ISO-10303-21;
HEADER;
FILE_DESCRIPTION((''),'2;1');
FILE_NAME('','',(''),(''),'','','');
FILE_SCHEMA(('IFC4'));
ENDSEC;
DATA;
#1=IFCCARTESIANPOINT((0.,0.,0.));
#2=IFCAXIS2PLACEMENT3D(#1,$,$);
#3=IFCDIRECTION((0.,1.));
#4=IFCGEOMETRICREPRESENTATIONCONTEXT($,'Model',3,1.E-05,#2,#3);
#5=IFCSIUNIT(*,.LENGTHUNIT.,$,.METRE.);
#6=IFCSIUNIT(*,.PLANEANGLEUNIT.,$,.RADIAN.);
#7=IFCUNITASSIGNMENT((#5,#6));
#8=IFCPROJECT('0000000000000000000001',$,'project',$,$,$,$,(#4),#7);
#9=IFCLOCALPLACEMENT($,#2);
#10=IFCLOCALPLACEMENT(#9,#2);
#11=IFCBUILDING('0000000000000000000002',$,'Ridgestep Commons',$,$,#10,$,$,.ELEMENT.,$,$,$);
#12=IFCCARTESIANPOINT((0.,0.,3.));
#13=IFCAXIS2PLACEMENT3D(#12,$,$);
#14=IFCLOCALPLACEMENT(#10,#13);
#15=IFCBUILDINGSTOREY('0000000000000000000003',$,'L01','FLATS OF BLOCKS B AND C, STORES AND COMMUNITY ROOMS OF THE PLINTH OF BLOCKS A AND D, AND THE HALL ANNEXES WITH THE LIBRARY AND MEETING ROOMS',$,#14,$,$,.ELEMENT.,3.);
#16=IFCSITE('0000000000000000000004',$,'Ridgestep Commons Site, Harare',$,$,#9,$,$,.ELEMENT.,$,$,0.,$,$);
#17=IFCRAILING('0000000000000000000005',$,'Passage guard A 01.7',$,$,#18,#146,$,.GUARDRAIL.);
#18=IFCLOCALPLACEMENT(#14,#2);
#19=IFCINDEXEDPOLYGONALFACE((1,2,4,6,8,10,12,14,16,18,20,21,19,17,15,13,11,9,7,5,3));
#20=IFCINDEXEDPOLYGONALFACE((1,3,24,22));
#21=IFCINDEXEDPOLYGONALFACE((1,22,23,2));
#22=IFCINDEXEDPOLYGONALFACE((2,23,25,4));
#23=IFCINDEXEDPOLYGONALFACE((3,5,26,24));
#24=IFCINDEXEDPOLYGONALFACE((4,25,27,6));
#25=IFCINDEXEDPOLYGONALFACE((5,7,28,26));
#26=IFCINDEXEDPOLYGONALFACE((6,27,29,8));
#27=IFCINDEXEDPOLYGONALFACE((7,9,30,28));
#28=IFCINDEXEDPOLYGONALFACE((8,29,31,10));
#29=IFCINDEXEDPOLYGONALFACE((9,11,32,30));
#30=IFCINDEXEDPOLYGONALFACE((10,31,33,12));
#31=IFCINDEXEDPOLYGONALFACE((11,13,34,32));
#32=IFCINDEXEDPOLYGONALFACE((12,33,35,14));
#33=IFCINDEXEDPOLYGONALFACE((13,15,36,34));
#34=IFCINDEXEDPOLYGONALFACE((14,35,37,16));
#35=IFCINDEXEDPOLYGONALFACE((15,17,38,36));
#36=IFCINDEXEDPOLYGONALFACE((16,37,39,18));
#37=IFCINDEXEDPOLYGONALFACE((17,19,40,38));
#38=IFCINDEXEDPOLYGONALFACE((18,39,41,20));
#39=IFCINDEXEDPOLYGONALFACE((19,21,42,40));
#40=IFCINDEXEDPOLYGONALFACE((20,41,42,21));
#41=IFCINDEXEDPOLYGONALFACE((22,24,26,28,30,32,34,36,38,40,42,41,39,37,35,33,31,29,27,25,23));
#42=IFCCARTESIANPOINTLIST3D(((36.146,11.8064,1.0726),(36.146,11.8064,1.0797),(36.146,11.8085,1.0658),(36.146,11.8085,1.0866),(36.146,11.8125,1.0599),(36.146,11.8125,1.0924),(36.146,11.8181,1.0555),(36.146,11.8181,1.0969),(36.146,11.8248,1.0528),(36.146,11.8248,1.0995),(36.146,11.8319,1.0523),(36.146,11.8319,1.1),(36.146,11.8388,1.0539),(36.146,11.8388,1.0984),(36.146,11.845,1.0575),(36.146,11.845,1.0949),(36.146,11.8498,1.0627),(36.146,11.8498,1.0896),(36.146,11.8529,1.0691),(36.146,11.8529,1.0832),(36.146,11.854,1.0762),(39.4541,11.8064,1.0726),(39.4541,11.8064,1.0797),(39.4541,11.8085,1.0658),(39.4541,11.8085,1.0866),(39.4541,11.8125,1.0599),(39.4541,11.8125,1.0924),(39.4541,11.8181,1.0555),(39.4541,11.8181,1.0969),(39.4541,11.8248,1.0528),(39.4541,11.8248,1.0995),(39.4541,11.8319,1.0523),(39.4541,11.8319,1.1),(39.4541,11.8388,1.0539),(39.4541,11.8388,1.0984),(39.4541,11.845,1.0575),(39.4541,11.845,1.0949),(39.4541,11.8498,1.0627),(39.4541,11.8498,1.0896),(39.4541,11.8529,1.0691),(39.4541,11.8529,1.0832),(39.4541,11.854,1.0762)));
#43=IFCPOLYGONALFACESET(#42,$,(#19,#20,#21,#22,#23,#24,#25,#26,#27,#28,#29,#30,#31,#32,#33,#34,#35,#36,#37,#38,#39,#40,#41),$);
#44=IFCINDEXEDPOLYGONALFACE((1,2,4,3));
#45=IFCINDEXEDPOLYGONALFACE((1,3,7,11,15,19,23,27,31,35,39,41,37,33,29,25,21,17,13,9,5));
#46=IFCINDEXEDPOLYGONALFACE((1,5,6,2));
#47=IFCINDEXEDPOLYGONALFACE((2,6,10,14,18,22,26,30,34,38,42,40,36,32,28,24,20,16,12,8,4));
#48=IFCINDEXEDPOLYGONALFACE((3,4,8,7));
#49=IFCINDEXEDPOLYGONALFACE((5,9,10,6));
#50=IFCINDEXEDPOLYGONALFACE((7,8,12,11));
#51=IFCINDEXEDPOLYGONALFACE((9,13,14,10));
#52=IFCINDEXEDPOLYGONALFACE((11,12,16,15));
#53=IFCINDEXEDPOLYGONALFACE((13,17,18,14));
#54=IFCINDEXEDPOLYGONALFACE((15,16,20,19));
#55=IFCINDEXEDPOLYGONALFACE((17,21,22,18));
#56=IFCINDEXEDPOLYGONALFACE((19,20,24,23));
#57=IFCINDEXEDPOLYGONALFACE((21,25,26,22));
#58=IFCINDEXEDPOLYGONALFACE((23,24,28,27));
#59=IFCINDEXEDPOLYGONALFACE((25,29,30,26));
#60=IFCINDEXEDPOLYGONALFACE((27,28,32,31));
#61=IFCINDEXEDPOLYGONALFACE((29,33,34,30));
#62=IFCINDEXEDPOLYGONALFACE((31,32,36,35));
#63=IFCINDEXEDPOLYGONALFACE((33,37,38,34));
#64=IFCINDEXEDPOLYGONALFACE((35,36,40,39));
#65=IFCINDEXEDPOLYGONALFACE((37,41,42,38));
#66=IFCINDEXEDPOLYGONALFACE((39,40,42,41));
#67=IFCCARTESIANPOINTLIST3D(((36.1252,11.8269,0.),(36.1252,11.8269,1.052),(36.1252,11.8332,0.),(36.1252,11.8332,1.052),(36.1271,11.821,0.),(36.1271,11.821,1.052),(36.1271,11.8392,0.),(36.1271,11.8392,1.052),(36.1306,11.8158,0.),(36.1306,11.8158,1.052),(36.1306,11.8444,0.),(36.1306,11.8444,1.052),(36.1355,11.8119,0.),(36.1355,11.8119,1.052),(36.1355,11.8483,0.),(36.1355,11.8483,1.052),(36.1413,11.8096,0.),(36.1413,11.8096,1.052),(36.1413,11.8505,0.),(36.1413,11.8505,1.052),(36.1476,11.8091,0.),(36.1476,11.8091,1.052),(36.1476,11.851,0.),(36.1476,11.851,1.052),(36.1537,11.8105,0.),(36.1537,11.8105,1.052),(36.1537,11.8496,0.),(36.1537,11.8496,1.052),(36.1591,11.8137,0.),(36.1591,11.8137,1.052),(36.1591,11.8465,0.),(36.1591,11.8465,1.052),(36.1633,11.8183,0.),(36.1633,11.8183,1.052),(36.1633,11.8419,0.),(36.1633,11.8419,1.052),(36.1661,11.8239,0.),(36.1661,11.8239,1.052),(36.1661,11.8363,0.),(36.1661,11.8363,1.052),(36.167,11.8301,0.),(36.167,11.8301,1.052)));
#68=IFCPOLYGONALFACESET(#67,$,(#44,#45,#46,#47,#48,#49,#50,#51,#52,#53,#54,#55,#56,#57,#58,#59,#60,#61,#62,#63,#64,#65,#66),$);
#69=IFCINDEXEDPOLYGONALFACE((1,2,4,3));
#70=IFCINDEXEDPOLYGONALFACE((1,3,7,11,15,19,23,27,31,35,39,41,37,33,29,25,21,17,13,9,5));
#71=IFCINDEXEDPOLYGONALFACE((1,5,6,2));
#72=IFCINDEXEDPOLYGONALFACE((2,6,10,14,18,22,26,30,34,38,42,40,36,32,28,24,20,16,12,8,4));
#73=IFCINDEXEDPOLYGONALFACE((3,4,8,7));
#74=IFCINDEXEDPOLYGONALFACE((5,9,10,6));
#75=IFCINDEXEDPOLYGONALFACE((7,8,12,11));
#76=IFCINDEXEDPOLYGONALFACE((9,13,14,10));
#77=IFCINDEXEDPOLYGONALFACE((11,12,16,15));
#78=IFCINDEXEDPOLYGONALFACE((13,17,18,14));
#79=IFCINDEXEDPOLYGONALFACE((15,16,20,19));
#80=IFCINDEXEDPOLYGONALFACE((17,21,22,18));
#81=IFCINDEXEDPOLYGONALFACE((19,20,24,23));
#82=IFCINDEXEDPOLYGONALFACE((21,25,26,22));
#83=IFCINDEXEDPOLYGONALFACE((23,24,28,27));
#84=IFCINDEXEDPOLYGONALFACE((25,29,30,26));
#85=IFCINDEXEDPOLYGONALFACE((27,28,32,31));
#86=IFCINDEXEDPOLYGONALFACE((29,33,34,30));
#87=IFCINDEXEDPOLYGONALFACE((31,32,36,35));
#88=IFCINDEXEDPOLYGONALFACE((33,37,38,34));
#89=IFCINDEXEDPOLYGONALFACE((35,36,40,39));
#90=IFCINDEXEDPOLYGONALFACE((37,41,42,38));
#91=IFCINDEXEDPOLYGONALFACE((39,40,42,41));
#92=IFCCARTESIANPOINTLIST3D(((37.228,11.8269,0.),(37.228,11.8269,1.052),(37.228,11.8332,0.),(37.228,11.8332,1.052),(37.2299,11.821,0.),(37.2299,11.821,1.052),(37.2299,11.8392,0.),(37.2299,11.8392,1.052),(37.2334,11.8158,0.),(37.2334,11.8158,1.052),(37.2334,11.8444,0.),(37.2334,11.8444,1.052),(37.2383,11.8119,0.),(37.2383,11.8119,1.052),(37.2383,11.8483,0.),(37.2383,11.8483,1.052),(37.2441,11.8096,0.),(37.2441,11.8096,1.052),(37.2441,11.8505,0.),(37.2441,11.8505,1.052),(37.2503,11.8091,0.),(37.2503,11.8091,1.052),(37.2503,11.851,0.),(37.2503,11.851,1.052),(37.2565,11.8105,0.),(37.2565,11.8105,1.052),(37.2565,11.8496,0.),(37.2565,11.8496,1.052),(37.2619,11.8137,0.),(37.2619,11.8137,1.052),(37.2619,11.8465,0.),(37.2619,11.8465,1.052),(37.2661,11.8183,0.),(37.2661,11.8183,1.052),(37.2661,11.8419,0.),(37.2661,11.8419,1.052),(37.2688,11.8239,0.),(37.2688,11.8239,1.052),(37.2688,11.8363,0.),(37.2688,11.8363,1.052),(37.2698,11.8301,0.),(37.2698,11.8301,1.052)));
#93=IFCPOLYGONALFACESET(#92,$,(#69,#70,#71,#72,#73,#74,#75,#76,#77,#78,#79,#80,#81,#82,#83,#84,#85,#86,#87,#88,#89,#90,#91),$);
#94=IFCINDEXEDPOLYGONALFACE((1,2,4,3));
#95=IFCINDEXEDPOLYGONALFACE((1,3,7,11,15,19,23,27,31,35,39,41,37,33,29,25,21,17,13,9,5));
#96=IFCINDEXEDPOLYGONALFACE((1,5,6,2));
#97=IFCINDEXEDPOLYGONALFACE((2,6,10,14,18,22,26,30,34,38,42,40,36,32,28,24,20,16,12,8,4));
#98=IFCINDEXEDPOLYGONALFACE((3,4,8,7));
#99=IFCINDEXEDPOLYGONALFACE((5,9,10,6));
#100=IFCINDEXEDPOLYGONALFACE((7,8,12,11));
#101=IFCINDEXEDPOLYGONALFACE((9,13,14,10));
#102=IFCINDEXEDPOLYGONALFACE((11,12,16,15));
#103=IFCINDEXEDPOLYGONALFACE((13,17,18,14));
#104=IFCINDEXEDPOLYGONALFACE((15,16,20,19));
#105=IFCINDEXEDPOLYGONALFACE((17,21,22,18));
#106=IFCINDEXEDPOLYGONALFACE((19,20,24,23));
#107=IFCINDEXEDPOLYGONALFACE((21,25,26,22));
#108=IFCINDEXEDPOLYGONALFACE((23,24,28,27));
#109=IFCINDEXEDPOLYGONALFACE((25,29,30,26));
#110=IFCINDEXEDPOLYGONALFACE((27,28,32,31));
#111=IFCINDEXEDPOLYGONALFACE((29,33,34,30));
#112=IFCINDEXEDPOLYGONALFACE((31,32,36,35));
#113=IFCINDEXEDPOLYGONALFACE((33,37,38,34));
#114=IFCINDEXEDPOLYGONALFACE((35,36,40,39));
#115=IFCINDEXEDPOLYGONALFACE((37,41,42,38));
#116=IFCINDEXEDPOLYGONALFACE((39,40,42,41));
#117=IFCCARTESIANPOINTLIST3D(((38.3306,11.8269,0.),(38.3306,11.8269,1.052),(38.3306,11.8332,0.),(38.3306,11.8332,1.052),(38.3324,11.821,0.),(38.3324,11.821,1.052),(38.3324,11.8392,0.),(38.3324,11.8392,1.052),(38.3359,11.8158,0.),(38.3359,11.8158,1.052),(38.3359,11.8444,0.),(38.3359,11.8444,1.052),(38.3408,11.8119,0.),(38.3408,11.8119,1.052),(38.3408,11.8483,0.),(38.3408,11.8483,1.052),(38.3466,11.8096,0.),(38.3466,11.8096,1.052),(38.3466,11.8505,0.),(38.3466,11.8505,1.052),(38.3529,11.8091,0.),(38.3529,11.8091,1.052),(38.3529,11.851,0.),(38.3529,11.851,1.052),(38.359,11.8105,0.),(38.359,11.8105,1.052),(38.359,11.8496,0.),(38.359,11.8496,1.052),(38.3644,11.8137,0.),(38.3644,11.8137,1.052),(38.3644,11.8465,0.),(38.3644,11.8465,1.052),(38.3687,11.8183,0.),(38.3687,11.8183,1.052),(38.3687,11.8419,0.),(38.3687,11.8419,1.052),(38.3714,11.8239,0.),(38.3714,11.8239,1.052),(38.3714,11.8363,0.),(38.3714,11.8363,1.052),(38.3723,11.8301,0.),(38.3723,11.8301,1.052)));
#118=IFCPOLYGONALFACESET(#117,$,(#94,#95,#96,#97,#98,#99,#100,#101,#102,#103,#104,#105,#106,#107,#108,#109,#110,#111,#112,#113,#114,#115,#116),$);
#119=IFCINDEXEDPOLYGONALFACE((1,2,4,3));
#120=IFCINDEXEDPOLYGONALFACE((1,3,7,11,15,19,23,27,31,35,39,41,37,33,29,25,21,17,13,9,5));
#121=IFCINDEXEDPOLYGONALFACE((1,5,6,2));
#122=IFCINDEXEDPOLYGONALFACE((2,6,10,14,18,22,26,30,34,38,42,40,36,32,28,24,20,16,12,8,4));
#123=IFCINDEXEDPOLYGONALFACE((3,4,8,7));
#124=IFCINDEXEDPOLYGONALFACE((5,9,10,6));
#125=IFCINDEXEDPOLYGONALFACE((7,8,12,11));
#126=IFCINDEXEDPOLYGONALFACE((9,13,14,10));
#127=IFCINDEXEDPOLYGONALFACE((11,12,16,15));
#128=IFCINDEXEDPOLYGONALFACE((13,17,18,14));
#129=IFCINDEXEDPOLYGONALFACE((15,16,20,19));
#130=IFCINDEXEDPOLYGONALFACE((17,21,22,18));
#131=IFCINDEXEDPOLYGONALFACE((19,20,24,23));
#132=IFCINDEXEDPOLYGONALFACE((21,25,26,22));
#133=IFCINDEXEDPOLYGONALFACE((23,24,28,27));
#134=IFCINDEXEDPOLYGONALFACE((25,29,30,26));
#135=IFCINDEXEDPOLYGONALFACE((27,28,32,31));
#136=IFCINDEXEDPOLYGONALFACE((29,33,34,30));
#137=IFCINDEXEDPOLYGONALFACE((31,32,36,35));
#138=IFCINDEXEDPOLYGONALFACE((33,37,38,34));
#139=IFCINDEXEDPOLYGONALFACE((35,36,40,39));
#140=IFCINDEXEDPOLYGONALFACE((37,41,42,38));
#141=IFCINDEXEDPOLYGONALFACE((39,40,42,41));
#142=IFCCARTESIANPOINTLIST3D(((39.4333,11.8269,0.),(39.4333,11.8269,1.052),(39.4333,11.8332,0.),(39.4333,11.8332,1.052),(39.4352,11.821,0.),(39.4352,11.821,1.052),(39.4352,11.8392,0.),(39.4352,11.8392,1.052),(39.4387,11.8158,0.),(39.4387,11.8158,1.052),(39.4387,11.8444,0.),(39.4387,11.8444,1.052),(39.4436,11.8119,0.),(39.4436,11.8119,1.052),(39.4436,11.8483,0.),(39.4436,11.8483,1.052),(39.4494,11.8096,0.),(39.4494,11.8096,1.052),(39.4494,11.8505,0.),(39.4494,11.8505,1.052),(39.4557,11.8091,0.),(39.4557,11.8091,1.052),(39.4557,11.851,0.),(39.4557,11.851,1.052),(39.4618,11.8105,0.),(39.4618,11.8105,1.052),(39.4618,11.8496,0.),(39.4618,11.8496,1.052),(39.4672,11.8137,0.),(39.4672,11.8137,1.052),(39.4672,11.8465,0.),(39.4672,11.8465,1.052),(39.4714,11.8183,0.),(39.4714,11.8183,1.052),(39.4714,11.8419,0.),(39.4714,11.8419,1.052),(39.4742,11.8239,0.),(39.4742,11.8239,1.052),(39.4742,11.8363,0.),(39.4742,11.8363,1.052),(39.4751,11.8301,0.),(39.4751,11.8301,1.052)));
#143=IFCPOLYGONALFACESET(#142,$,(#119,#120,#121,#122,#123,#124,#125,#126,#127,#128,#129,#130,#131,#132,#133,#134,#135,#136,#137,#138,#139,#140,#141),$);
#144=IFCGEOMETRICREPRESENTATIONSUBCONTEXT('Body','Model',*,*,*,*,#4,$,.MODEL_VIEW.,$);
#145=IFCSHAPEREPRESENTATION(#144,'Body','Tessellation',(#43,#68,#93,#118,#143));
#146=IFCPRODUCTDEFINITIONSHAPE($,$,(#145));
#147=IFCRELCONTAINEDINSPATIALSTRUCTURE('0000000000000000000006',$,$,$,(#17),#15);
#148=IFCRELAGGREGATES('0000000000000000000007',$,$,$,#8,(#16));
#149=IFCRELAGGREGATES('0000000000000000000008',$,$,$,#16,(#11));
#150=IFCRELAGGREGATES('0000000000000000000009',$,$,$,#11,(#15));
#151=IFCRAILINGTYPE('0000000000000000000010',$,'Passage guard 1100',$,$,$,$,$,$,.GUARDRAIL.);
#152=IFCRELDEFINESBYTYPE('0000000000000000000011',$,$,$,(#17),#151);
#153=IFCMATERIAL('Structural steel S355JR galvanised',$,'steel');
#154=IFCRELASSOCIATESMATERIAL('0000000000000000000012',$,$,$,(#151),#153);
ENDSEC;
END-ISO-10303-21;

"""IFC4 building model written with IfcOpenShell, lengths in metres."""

from ifc_helpers import new_model, si_unit, direction, frame, origin, origin_2d, place, context, subcontext, project, spatial, circle, extrude, material, type_object, element, save


model = new_model("IFC4")

# Units and contexts
model_context = context("Model", 3, precision=1e-05, world=origin(), true_north=direction((0.0, 1.0)))
body_context = subcontext(model_context, "Body", "Model", "MODEL_VIEW")
ifc_project = project(units=[si_unit("LENGTHUNIT", "METRE"), si_unit("PLANEANGLEUNIT", "RADIAN")], contexts=[model_context])

# Site, building, storey
site_placement = place(None, origin())
site = spatial("IfcSite", under=ifc_project, at=site_placement, Name="Ridgestep Commons Site, Harare", CompositionType="ELEMENT", RefElevation=0.0)
building_placement = place(site_placement, origin())
building = spatial("IfcBuilding", under=site, at=building_placement, Name="Ridgestep Commons", CompositionType="ELEMENT")
storey_placement = place(building_placement, frame((0.0, 0.0, 3.0)))
storey = spatial("IfcBuildingStorey", under=building, at=storey_placement, Name="L01", Description="FLATS OF BLOCKS B AND C, STORES AND COMMUNITY ROOMS OF THE PLINTH OF BLOCKS A AND D, AND THE HALL ANNEXES WITH THE LIBRARY AND MEETING ROOMS", CompositionType="ELEMENT", Elevation=3.0)

# Railing
ifc_material_1 = material(Name="Structural steel S355JR galvanised", Category="steel")
railing_type = type_object("IfcRailingType", Name="Passage guard 1100", PredefinedType="GUARDRAIL", material=ifc_material_1)
railing_1_placement = place(storey_placement, frame((36.146, 11.8301, 0.0)))
element("IfcRailing", 1, at=railing_1_placement, inside=storey, type_object=railing_type, Name="Passage guard A 01.7", PredefinedType="GUARDRAIL", context=body_context, shape_type="SweptSolid", body=[
    extrude(circle(Radius=0.0239, at=origin_2d()), frame((0.0, 0.0, 1.0762), z_axis=(1.0, 0.0, 0.0), x_axis=(0.0, 1.0, 0.0)), (0.0, 0.0, 1.0), 3.3081),
    extrude(circle(Radius=0.021, at=origin_2d()), origin(), (0.0, 0.0, 1.0), 1.052),
    extrude(circle(Radius=0.021, at=origin_2d()), frame((1.1028, 0.0, 0.0)), (0.0, 0.0, 1.0), 1.052),
    extrude(circle(Radius=0.021, at=origin_2d()), frame((2.2053, 0.0, 0.0)), (0.0, 0.0, 1.0), 1.052),
    extrude(circle(Radius=0.021, at=origin_2d()), frame((3.3081, 0.0, 0.0)), (0.0, 0.0, 1.0), 1.052),
])

save(model, "model.ifc")
